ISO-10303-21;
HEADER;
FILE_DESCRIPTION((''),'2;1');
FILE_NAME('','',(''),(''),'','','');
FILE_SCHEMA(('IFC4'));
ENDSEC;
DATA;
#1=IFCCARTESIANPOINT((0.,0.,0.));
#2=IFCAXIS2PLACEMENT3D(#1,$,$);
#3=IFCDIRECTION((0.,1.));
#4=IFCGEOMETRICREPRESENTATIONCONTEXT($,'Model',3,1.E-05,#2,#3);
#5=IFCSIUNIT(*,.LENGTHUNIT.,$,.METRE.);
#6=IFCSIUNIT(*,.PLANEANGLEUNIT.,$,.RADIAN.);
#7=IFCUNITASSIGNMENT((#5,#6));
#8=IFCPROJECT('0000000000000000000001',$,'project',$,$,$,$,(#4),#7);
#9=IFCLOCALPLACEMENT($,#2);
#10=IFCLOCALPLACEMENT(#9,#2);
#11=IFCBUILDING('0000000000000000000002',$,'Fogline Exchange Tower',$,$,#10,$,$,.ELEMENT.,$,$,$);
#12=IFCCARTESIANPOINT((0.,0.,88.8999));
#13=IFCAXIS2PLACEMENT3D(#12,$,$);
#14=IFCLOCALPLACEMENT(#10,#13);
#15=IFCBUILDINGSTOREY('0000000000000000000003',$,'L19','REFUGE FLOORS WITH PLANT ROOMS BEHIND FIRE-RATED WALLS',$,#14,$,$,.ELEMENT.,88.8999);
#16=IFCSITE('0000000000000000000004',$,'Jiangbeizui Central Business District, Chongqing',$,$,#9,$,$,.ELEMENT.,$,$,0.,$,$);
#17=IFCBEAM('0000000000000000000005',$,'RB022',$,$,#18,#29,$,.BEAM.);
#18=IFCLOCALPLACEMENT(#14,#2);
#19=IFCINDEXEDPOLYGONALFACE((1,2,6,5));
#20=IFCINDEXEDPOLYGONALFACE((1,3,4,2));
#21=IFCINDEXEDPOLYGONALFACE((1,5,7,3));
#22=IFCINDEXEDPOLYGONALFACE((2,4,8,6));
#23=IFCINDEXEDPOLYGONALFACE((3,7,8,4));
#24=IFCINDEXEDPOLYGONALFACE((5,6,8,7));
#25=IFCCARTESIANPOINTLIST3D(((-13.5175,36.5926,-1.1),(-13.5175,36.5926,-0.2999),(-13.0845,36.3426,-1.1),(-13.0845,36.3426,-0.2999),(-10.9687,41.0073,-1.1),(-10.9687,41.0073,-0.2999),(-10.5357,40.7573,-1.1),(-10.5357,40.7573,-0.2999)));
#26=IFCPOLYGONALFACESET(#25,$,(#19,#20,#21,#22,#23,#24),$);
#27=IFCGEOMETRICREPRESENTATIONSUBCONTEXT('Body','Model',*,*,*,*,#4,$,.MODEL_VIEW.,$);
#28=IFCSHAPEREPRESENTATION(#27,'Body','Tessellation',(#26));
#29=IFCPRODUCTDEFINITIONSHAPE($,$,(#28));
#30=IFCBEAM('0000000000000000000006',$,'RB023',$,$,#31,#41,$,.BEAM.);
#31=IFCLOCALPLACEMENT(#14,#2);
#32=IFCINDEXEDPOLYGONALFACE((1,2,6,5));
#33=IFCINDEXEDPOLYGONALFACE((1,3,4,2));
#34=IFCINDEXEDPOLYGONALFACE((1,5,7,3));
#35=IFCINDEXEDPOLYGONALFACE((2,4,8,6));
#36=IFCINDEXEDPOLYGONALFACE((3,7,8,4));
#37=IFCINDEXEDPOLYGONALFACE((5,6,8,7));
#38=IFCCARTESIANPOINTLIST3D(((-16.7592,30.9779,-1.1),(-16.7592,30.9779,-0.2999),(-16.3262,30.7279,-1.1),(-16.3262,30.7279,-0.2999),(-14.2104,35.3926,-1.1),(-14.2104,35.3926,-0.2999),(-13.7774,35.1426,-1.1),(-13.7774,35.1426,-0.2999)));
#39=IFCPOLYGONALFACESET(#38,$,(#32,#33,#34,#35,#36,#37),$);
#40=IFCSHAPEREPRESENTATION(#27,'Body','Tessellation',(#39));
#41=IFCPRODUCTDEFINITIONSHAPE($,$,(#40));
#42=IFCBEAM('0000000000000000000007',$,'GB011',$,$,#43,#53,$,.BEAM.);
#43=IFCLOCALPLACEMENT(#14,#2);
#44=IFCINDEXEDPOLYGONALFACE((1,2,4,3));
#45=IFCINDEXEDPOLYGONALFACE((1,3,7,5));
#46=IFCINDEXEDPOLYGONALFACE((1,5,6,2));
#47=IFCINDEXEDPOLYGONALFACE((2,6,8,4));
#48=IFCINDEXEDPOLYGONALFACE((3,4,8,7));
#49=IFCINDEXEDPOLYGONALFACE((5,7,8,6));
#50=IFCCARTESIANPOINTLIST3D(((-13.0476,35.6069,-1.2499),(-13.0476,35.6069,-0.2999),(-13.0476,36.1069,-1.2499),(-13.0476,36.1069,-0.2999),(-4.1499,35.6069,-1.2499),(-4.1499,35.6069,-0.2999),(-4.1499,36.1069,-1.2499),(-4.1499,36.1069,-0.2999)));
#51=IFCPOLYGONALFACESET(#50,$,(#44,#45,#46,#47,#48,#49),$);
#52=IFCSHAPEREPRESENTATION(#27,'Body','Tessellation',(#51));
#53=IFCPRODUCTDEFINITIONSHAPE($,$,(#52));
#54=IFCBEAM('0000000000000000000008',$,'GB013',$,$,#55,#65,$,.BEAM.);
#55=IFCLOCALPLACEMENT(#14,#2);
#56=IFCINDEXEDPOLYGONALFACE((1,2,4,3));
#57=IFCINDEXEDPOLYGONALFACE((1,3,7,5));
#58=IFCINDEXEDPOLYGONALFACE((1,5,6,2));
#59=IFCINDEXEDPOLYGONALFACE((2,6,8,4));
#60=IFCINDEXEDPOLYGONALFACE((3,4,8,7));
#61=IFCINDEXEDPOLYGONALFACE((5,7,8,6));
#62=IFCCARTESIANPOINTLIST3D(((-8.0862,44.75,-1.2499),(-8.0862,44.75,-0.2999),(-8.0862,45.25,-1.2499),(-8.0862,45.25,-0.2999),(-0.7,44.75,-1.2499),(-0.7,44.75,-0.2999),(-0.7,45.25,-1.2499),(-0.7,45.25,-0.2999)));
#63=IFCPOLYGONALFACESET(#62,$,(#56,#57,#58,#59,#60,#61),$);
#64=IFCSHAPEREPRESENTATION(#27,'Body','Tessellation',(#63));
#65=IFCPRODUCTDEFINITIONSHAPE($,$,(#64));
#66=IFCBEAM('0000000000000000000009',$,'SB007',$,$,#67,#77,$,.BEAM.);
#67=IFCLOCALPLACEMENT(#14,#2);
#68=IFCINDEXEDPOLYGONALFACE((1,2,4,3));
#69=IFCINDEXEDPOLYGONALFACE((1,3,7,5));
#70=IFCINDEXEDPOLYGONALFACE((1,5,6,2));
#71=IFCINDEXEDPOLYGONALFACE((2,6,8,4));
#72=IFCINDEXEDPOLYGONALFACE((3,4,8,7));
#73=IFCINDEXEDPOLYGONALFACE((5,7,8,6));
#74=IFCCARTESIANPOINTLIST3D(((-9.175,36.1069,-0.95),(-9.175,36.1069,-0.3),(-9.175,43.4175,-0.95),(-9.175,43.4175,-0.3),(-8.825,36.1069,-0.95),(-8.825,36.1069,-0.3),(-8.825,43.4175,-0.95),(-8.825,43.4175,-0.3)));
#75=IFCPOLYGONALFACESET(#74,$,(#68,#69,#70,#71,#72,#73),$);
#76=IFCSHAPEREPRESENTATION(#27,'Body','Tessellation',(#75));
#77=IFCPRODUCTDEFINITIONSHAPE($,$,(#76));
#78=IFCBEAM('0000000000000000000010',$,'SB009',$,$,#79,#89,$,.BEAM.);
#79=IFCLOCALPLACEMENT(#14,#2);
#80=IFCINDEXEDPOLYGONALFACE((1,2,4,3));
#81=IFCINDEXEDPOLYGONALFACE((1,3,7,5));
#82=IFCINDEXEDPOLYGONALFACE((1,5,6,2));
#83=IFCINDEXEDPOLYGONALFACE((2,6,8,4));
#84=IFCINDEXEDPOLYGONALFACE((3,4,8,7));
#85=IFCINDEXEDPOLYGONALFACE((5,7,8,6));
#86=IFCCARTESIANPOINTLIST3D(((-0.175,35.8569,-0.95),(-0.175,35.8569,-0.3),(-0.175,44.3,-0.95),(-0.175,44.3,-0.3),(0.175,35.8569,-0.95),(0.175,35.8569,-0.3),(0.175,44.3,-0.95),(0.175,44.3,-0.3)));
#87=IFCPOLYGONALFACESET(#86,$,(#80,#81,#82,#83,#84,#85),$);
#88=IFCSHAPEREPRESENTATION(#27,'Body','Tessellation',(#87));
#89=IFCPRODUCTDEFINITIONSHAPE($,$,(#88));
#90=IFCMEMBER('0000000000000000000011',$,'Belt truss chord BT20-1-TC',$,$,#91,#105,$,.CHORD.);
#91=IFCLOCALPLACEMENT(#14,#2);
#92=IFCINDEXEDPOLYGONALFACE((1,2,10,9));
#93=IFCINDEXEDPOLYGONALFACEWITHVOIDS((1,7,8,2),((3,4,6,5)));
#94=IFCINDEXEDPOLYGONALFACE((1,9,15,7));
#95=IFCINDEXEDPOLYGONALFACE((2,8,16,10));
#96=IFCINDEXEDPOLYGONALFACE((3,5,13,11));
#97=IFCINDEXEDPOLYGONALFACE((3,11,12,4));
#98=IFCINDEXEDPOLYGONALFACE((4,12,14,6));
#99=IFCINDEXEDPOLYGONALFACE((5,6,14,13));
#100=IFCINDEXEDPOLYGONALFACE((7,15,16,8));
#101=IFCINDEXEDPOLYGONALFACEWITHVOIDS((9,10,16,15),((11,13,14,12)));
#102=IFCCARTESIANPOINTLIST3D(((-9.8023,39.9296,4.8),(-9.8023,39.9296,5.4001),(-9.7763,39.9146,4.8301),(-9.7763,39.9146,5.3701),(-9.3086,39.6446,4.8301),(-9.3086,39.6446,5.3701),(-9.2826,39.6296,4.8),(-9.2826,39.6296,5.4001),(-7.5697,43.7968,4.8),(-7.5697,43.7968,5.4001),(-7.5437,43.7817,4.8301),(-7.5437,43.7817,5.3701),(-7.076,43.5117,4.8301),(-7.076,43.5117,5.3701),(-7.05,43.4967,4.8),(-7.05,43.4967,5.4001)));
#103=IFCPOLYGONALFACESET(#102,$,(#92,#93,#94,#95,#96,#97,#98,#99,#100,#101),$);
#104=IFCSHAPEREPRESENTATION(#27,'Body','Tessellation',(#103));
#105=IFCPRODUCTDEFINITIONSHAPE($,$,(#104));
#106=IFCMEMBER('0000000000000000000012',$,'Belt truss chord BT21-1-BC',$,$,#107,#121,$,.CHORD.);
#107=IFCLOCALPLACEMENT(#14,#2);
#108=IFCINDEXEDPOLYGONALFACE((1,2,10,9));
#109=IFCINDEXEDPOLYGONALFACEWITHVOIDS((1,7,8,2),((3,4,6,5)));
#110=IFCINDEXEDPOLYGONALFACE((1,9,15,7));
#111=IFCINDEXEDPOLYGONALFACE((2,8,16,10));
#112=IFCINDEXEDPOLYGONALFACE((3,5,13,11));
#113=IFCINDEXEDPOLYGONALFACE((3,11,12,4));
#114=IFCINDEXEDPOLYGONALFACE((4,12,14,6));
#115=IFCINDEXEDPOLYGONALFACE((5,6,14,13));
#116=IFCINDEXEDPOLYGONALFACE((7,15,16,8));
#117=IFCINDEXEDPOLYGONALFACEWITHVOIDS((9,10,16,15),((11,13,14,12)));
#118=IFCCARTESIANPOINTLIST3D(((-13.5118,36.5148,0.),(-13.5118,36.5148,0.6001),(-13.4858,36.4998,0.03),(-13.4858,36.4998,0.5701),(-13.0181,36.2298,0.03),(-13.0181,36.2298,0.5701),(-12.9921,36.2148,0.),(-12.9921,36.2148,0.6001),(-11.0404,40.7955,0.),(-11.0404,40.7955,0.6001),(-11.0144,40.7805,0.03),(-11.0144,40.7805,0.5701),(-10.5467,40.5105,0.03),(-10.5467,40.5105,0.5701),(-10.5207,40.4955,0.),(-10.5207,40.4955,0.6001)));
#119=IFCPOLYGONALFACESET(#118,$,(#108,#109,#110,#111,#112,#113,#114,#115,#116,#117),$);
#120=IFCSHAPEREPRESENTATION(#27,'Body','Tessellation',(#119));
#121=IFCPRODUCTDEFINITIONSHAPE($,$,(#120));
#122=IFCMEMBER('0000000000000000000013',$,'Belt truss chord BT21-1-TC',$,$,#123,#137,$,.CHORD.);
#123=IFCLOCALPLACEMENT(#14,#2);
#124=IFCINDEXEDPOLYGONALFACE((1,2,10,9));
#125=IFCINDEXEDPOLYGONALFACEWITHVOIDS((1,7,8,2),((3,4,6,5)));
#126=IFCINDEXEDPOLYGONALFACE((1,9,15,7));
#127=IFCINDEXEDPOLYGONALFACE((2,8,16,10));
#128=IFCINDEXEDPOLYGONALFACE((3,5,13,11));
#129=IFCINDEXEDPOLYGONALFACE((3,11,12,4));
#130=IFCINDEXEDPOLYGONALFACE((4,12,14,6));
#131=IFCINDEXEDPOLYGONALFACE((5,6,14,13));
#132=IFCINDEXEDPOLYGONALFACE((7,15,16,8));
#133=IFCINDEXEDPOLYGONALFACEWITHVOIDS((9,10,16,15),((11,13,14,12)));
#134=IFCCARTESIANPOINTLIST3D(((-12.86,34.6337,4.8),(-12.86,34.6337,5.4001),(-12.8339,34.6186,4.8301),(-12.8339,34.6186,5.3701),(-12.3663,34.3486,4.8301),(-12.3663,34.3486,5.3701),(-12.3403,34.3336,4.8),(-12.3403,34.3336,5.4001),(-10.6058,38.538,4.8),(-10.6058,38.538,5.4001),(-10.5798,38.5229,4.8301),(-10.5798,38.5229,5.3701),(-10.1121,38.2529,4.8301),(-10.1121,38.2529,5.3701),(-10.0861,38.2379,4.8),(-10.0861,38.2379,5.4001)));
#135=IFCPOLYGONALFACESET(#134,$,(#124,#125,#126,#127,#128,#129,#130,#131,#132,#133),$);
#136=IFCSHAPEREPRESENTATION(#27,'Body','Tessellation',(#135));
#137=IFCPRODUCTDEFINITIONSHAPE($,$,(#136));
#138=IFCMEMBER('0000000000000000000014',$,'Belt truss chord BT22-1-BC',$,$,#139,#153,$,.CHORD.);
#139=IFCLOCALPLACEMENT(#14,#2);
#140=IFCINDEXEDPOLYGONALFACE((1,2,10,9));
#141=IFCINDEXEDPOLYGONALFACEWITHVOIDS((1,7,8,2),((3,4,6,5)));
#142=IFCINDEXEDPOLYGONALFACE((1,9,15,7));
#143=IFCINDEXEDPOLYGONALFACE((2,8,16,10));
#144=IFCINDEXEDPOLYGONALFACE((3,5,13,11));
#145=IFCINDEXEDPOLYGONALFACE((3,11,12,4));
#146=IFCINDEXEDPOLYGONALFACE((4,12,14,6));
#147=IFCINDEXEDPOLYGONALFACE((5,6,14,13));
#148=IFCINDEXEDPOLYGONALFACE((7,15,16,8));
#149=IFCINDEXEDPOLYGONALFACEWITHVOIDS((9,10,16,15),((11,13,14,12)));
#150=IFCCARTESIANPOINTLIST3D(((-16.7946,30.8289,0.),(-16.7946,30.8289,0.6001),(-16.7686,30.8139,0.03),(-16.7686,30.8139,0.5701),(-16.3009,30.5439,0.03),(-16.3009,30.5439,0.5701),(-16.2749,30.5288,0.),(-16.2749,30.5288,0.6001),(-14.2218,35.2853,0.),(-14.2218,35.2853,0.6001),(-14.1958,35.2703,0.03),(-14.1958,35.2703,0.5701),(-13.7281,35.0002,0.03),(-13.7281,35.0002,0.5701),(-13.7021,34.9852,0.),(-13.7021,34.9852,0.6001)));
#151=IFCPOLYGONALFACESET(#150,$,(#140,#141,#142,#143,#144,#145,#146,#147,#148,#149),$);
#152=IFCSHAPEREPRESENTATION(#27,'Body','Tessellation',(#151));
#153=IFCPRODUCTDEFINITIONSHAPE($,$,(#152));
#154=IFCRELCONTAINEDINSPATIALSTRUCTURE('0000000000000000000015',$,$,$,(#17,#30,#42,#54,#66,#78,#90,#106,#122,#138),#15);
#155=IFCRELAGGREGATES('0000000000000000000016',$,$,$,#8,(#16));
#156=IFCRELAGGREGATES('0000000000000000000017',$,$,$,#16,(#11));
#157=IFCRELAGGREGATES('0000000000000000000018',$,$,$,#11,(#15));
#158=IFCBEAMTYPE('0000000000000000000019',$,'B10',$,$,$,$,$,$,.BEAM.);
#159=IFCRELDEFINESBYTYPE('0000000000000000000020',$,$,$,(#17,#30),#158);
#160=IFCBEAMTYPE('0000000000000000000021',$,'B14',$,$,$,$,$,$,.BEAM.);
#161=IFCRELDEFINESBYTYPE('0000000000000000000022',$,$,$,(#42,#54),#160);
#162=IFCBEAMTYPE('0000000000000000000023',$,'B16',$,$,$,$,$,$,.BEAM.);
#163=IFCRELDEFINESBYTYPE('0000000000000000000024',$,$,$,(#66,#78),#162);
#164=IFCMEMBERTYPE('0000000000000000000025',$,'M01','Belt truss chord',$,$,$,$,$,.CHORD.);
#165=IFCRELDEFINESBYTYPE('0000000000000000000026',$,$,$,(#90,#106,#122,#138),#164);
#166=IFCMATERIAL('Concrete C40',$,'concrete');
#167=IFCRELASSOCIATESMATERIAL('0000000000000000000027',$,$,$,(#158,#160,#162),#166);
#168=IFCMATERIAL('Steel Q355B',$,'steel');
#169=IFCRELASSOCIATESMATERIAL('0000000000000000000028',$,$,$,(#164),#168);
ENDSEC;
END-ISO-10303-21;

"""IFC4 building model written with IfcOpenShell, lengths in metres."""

from ifc_helpers import new_model, si_unit, direction, frame, origin, origin_2d, place, context, subcontext, project, spatial, rectangle, hollow_rectangle, extrude, material, material_profile, profile_set, type_object, element, save


model = new_model("IFC4")

# Units and contexts
model_context = context("Model", 3, precision=1e-05, world=origin(), true_north=direction((0.0, 1.0)))
body_context = subcontext(model_context, "Body", "Model", "MODEL_VIEW")
ifc_project = project(units=[si_unit("LENGTHUNIT", "METRE"), si_unit("PLANEANGLEUNIT", "RADIAN")], contexts=[model_context])

# Site, building, storey
site_placement = place(None, origin())
site = spatial("IfcSite", under=ifc_project, at=site_placement, Name="Jiangbeizui Central Business District, Chongqing", CompositionType="ELEMENT", RefElevation=0.0)
building_placement = place(site_placement, origin())
building = spatial("IfcBuilding", under=site, at=building_placement, Name="Fogline Exchange Tower", CompositionType="ELEMENT")
storey_placement = place(building_placement, frame((0.0, 0.0, 88.8999)))
storey = spatial("IfcBuildingStorey", under=building, at=storey_placement, Name="L19", Description="REFUGE FLOORS WITH PLANT ROOMS BEHIND FIRE-RATED WALLS", CompositionType="ELEMENT", Elevation=88.8999)

# Beams
ifc_material_1 = material(Name="Concrete C40", Category="concrete")
ifc_material_profile_1 = material_profile(ifc_material_1, rectangle(XDim=0.5, YDim=0.8, at=origin_2d()), Name="RC 500x800")
ifc_profile_set_1 = profile_set([ifc_material_profile_1], Name="Concrete C40")
beam_type_1 = type_object("IfcBeamType", Name="B10", PredefinedType="BEAM", material=ifc_profile_set_1)
for number, where, z_axis, x_axis, name in (
    (1, (-10.7522, 40.8823, -0.7), (-0.499992, -0.86603, 0.0), (0.86603, -0.499992, 0.0), "RB022"),
    (2, (-13.9939, 35.2676, -0.7), (-0.499992, -0.86603, 0.0), (0.86603, -0.499992, 0.0), "RB023"),
):
    element("IfcBeam", number, at=place(storey_placement, frame(where, z_axis=z_axis, x_axis=x_axis)), inside=storey, type_object=beam_type_1, Name=name, PredefinedType="BEAM", context=body_context, shape_type="SweptSolid", body=[
        extrude(rectangle(XDim=0.5, YDim=0.8, at=origin_2d()), origin(), (0.0, 0.0, 1.0), 5.0977),
    ])
ifc_material_profile_2 = material_profile(ifc_material_1, rectangle(XDim=0.5, YDim=0.95, at=origin_2d()), Name="RC 500x950")
ifc_profile_set_2 = profile_set([ifc_material_profile_2], Name="Concrete C40")
beam_type_2 = type_object("IfcBeamType", Name="B14", PredefinedType="BEAM", material=ifc_profile_set_2)
beam_1_placement = place(storey_placement, frame((-13.0476, 35.8569, -0.7749), z_axis=(1.0, 0.0, 0.0), x_axis=(0.0, 1.0, 0.0)))
element("IfcBeam", 3, at=beam_1_placement, inside=storey, type_object=beam_type_2, Name="GB011", PredefinedType="BEAM", context=body_context, shape_type="SweptSolid", body=[
    extrude(rectangle(XDim=0.5, YDim=0.95, at=origin_2d()), origin(), (0.0, 0.0, 1.0), 8.8977),
])
beam_2_placement = place(storey_placement, frame((-8.0862, 45.0, -0.7749), z_axis=(1.0, 0.0, 0.0), x_axis=(0.0, 1.0, 0.0)))
element("IfcBeam", 4, at=beam_2_placement, inside=storey, type_object=beam_type_2, Name="GB013", PredefinedType="BEAM", context=body_context, shape_type="SweptSolid", body=[
    extrude(rectangle(XDim=0.5, YDim=0.95, at=origin_2d()), origin(), (0.0, 0.0, 1.0), 7.3862),
])
ifc_material_profile_3 = material_profile(ifc_material_1, rectangle(XDim=0.3501, YDim=0.6499, at=origin_2d()), Name="RC 350x650")
ifc_profile_set_3 = profile_set([ifc_material_profile_3], Name="Concrete C40")
beam_type_3 = type_object("IfcBeamType", Name="B16", PredefinedType="BEAM", material=ifc_profile_set_3)
beam_3_placement = place(storey_placement, frame((-9.0, 36.1069, -0.625), z_axis=(0.0, 1.0, 0.0), x_axis=(-1.0, 0.0, 0.0)))
element("IfcBeam", 5, at=beam_3_placement, inside=storey, type_object=beam_type_3, Name="SB007", PredefinedType="BEAM", context=body_context, shape_type="SweptSolid", body=[
    extrude(rectangle(XDim=0.3501, YDim=0.6499, at=origin_2d()), origin(), (0.0, 0.0, 1.0), 7.3105),
])
beam_4_placement = place(storey_placement, frame((0.0, 35.8569, -0.625), z_axis=(0.0, 1.0, 0.0), x_axis=(-1.0, 0.0, 0.0)))
element("IfcBeam", 6, at=beam_4_placement, inside=storey, type_object=beam_type_3, Name="SB009", PredefinedType="BEAM", context=body_context, shape_type="SweptSolid", body=[
    extrude(rectangle(XDim=0.3501, YDim=0.6499, at=origin_2d()), origin(), (0.0, 0.0, 1.0), 8.4431),
])

# Members
ifc_material_2 = material(Name="Steel Q355B", Category="steel")
ifc_material_profile_4 = material_profile(ifc_material_2, hollow_rectangle(XDim=0.6001, YDim=0.6001, WallThickness=0.03, at=origin_2d()), Name="BOX600X600X30")
ifc_profile_set_4 = profile_set([ifc_material_profile_4], Name="Steel Q355B")
member_type_1 = type_object("IfcMemberType", Name="M01", Description="Belt truss chord", PredefinedType="CHORD", material=ifc_profile_set_4)
member_1_placement = place(storey_placement, frame((-7.3098, 43.6467, 5.1001), z_axis=(-0.499991, -0.866031, 0.0), x_axis=(0.866031, -0.499991, 0.0)))
element("IfcMember", 7, at=member_1_placement, inside=storey, type_object=member_type_1, Name="Belt truss chord BT20-1-TC", PredefinedType="CHORD", context=body_context, shape_type="SweptSolid", body=[
    extrude(hollow_rectangle(XDim=0.6001, YDim=0.6001, WallThickness=0.03, at=origin_2d()), origin(), (0.0, 0.0, 1.0), 4.4653),
])
member_2_placement = place(storey_placement, frame((-10.7805, 40.6455, 0.3), z_axis=(-0.49999, -0.866031, 0.0), x_axis=(0.866031, -0.49999, 0.0)))
element("IfcMember", 8, at=member_2_placement, inside=storey, type_object=member_type_1, Name="Belt truss chord BT21-1-BC", PredefinedType="CHORD", context=body_context, shape_type="SweptSolid", body=[
    extrude(hollow_rectangle(XDim=0.6001, YDim=0.6001, WallThickness=0.03, at=origin_2d()), origin(), (0.0, 0.0, 1.0), 4.9429),
])
member_3_placement = place(storey_placement, frame((-10.3459, 38.3879, 5.1001), z_axis=(-0.500001, -0.866025, 0.0), x_axis=(0.866025, -0.500001, 0.0)))
element("IfcMember", 9, at=member_3_placement, inside=storey, type_object=member_type_1, Name="Belt truss chord BT21-1-TC", PredefinedType="CHORD", context=body_context, shape_type="SweptSolid", body=[
    extrude(hollow_rectangle(XDim=0.6001, YDim=0.6001, WallThickness=0.03, at=origin_2d()), origin(), (0.0, 0.0, 1.0), 4.5083),
])
member_4_placement = place(storey_placement, frame((-13.9619, 35.1353, 0.3), z_axis=(-0.499987, -0.866033, 0.0), x_axis=(0.866033, -0.499987, 0.0)))
element("IfcMember", 10, at=member_4_placement, inside=storey, type_object=member_type_1, Name="Belt truss chord BT22-1-BC", PredefinedType="CHORD", context=body_context, shape_type="SweptSolid", body=[
    extrude(hollow_rectangle(XDim=0.6001, YDim=0.6001, WallThickness=0.03, at=origin_2d()), origin(), (0.0, 0.0, 1.0), 5.1458),
])

save(model, "model.ifc")
